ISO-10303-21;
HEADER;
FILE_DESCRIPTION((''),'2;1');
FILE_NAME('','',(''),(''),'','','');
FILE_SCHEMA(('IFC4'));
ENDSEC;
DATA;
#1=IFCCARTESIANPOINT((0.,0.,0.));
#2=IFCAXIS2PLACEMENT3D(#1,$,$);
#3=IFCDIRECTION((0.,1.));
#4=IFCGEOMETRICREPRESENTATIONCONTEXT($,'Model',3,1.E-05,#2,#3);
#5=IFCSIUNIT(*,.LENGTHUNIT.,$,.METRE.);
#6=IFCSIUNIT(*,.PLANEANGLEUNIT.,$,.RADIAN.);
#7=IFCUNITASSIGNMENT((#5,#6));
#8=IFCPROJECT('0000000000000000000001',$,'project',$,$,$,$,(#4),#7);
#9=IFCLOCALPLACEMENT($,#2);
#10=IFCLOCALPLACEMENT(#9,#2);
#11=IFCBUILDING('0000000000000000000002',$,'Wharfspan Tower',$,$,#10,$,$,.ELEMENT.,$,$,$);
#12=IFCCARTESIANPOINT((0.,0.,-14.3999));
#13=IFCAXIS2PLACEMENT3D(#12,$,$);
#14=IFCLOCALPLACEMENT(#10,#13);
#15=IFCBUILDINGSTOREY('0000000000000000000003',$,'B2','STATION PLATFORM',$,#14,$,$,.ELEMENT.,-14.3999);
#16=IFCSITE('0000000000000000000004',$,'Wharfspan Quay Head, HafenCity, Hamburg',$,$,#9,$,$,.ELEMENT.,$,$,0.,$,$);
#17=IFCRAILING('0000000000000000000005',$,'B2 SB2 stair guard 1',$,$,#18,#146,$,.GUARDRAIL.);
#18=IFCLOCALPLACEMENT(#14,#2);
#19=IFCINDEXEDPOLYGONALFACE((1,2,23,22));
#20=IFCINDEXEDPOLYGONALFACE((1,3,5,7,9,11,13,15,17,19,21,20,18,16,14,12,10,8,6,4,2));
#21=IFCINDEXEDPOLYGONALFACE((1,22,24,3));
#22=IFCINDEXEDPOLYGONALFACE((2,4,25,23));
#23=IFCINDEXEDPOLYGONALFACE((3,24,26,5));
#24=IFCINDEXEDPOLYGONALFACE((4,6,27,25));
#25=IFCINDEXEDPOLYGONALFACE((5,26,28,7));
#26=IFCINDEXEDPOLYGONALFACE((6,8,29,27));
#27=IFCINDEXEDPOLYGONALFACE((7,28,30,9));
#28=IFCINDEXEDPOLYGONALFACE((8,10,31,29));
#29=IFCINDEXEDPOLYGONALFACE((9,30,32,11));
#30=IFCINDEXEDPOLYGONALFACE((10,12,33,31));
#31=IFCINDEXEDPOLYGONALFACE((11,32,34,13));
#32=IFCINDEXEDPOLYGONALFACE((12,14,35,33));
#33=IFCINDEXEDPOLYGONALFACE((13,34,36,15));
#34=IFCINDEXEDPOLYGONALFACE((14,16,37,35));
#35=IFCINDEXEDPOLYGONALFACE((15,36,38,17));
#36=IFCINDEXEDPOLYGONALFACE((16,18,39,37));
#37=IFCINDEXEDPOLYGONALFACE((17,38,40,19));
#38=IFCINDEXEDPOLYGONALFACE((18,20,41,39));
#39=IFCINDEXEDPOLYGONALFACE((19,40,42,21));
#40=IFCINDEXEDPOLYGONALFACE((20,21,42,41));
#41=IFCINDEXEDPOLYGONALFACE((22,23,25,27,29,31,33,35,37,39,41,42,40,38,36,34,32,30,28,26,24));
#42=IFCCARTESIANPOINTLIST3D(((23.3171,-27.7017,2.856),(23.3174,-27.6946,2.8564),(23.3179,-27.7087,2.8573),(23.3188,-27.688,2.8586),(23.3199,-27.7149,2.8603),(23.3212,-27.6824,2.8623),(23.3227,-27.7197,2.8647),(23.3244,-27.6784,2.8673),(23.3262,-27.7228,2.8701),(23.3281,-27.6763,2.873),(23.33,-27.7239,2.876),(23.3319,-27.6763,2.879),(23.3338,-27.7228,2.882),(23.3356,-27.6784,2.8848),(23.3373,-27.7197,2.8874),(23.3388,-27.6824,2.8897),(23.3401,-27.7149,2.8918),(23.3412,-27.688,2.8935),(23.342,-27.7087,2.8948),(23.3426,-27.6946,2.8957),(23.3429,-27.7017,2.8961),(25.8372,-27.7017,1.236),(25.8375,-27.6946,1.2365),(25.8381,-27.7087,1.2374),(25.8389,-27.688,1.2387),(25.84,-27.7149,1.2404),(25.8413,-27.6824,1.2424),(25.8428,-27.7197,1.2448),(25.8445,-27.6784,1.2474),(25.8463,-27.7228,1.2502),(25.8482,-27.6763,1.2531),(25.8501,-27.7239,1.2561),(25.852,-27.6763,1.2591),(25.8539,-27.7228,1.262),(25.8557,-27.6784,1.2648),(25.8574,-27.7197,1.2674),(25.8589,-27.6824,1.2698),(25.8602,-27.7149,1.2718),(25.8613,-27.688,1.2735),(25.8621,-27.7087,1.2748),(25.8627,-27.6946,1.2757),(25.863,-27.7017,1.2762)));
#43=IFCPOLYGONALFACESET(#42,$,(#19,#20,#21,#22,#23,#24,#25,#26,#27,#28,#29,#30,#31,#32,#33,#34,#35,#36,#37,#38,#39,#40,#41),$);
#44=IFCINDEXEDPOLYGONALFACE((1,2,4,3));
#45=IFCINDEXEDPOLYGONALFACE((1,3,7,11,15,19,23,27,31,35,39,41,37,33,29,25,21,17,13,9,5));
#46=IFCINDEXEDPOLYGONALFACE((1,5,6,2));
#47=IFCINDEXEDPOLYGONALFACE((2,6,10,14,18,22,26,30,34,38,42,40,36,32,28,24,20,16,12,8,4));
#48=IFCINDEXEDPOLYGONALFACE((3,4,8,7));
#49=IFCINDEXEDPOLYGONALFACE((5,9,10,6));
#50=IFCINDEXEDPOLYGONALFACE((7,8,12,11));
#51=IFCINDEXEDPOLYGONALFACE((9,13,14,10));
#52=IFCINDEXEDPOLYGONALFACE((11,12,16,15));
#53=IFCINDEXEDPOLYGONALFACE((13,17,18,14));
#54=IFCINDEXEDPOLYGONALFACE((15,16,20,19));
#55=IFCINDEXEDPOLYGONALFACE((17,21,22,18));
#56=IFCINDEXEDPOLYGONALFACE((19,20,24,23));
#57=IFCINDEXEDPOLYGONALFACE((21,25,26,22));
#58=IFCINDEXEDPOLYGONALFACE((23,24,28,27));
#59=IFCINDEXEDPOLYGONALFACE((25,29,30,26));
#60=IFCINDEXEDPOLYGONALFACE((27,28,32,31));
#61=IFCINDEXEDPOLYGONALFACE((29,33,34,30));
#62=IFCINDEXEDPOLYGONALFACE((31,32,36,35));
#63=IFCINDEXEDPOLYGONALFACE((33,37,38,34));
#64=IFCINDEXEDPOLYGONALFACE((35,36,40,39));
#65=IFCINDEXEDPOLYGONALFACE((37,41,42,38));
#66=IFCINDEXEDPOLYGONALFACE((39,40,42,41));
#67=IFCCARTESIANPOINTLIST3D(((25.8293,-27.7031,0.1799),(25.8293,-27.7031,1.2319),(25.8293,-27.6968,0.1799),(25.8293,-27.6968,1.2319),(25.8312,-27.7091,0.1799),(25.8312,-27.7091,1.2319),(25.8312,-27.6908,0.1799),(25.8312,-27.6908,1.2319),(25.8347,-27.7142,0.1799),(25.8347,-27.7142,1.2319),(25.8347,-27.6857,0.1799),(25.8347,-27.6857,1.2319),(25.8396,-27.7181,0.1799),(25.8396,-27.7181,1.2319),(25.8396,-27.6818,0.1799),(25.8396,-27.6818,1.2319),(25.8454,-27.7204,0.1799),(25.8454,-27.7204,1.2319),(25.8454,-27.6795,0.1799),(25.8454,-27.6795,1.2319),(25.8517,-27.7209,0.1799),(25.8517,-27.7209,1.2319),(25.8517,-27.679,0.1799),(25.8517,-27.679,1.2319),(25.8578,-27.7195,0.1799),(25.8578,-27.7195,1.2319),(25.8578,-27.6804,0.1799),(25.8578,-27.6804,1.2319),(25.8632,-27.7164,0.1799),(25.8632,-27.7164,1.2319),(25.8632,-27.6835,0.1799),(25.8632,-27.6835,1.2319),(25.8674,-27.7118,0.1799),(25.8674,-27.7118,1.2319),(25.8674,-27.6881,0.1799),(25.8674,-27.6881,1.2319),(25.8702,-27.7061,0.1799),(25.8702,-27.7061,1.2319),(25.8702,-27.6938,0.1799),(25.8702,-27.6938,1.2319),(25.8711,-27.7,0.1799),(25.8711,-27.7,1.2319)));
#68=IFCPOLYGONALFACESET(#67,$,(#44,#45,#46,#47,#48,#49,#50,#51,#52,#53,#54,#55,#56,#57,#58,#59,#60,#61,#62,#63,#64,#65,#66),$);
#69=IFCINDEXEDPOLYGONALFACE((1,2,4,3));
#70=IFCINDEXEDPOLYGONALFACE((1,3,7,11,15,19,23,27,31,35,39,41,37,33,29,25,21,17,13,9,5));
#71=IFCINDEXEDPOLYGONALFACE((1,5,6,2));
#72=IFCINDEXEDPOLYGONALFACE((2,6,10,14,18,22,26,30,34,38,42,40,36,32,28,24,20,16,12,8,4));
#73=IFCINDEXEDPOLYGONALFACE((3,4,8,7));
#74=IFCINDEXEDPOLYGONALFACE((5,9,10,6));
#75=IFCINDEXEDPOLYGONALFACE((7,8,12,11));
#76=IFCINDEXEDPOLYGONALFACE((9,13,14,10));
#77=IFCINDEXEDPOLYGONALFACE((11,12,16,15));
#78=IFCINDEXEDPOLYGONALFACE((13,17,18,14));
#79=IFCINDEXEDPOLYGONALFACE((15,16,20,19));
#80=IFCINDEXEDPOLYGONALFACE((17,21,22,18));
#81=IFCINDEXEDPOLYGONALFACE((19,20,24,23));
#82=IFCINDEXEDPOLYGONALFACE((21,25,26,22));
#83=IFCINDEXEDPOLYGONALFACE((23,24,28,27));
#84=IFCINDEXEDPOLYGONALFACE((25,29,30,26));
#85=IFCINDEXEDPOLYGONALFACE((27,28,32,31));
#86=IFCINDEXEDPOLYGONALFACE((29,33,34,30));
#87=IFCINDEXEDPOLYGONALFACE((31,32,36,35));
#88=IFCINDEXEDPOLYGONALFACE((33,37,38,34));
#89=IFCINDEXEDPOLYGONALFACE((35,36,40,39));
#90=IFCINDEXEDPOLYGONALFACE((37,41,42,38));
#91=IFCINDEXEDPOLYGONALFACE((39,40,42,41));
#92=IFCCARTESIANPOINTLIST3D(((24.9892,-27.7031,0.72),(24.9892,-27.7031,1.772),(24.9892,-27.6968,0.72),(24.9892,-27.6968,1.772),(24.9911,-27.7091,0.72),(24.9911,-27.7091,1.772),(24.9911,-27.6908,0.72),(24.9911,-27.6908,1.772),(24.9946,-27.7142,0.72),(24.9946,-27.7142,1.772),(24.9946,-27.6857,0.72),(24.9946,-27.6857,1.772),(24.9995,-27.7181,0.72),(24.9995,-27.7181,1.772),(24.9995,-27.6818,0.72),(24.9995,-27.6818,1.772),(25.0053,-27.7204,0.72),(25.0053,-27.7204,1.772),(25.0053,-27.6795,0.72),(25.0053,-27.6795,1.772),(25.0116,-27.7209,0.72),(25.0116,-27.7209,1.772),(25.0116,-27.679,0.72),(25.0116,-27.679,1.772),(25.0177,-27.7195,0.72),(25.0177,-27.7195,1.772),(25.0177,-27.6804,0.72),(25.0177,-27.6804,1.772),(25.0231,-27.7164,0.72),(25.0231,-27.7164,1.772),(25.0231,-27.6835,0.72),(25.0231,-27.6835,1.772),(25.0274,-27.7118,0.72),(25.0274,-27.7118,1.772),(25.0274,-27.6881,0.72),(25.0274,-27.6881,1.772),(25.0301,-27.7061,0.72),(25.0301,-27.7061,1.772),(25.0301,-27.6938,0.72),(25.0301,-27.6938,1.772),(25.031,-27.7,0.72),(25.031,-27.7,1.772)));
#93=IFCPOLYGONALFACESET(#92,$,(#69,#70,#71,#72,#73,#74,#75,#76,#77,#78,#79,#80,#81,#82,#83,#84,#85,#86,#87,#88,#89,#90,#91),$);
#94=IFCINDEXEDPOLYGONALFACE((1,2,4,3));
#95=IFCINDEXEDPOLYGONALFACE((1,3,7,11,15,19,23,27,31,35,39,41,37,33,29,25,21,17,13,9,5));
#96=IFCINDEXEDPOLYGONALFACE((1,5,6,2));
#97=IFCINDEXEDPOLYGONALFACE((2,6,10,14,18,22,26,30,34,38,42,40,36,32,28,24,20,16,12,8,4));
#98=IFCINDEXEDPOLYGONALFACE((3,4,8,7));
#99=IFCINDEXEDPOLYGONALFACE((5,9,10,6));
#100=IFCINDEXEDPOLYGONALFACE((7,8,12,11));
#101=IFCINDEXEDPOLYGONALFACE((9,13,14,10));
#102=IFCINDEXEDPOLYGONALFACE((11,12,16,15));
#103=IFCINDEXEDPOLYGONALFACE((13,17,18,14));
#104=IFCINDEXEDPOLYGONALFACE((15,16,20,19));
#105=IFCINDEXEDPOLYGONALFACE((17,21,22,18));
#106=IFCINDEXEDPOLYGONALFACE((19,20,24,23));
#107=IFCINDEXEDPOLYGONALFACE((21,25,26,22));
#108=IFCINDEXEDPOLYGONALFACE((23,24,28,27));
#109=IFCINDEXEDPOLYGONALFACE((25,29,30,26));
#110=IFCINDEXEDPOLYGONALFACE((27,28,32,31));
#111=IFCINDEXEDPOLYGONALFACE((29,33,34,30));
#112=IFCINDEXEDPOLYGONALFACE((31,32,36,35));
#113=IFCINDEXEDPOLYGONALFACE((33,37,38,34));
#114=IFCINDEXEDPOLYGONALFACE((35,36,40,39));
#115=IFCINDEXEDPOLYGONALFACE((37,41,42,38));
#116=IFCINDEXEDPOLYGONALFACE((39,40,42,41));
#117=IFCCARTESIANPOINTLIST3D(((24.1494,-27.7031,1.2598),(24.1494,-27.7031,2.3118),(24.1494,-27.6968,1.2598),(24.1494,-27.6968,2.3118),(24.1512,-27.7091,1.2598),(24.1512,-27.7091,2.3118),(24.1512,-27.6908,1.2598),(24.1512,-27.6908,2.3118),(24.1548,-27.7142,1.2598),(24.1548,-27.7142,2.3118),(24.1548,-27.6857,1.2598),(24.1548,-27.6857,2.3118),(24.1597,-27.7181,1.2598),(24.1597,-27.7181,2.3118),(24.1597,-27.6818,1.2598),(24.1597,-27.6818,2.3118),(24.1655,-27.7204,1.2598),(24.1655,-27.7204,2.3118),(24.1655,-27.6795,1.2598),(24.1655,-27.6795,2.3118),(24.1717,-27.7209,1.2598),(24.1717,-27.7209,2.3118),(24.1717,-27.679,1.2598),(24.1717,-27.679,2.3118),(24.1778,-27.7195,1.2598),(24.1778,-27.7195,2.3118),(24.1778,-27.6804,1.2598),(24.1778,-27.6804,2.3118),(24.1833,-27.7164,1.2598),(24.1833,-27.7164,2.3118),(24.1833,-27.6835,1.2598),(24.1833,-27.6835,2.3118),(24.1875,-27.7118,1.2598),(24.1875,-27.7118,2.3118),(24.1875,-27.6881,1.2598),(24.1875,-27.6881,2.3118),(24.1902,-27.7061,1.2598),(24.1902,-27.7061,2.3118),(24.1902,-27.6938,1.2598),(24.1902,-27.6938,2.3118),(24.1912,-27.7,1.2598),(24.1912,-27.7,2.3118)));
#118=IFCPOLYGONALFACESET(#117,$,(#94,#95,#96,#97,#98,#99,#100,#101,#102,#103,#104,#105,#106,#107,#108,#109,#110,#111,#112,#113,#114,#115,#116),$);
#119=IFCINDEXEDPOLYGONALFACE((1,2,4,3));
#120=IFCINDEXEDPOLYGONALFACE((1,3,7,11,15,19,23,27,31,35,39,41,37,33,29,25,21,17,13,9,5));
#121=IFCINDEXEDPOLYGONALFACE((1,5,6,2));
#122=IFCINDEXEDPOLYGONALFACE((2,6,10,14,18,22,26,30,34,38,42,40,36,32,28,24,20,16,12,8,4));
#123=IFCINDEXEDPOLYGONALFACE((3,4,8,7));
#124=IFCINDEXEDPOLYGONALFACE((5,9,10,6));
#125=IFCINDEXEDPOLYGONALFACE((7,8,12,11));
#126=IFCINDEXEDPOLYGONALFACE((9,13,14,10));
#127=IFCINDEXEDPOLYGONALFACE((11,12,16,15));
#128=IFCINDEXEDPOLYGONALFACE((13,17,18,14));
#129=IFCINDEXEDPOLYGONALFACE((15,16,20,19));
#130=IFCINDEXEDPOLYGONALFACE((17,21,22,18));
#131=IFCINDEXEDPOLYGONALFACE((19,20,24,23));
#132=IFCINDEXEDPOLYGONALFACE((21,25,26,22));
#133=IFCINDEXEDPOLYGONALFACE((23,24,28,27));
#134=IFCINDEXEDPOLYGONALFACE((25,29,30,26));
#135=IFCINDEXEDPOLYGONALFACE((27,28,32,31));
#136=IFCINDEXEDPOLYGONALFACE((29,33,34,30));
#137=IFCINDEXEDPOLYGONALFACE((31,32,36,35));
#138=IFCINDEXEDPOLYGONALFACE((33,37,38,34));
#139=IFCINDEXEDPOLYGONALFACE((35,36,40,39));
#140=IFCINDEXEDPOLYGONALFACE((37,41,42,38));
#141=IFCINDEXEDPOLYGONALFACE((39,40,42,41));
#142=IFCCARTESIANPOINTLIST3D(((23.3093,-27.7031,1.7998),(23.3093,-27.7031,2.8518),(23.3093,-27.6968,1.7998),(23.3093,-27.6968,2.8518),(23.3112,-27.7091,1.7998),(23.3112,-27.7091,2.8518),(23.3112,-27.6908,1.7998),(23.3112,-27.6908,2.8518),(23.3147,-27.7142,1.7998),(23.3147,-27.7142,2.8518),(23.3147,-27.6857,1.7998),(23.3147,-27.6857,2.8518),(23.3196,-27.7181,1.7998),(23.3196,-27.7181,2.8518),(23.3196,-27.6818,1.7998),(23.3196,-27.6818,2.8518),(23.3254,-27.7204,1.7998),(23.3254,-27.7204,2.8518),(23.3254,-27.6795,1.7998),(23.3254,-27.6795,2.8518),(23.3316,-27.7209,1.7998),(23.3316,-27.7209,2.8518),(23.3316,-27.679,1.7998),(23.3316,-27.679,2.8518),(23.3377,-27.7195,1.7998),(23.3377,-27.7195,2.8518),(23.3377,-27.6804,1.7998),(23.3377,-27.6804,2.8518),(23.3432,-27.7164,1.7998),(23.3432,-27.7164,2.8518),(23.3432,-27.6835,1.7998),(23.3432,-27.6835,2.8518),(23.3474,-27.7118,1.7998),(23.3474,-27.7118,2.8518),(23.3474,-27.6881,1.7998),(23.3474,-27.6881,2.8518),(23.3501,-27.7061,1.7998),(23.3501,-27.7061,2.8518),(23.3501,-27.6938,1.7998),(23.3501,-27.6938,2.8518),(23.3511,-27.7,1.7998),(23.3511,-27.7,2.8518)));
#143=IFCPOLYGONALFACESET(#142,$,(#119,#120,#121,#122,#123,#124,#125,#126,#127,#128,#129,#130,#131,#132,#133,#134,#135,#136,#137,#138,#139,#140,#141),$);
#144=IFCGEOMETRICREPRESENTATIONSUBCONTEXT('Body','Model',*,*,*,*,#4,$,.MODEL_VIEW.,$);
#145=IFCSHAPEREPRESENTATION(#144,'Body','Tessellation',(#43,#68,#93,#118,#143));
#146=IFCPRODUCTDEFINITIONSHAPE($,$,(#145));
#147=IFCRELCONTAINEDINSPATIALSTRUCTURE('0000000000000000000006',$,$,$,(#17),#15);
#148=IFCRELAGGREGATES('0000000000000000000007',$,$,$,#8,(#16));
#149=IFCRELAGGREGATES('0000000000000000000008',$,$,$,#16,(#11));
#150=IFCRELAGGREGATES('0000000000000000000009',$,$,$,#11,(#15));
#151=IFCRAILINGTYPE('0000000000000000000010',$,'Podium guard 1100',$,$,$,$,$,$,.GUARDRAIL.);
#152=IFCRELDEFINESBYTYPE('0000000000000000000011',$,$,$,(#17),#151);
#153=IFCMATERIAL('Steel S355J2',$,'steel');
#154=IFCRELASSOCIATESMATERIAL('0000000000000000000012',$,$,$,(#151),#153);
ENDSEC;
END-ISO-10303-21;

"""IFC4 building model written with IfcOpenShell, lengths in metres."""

from ifc_helpers import new_model, si_unit, direction, frame, origin, origin_2d, place, context, subcontext, project, spatial, circle, extrude, material, type_object, element, save


model = new_model("IFC4")

# Units and contexts
model_context = context("Model", 3, precision=1e-05, world=origin(), true_north=direction((0.0, 1.0)))
body_context = subcontext(model_context, "Body", "Model", "MODEL_VIEW")
ifc_project = project(units=[si_unit("LENGTHUNIT", "METRE"), si_unit("PLANEANGLEUNIT", "RADIAN")], contexts=[model_context])

# Site, building, storey
site_placement = place(None, origin())
site = spatial("IfcSite", under=ifc_project, at=site_placement, Name="Wharfspan Quay Head, HafenCity, Hamburg", CompositionType="ELEMENT", RefElevation=0.0)
building_placement = place(site_placement, origin())
building = spatial("IfcBuilding", under=site, at=building_placement, Name="Wharfspan Tower", CompositionType="ELEMENT")
storey_placement = place(building_placement, frame((0.0, 0.0, -14.3999)))
storey = spatial("IfcBuildingStorey", under=building, at=storey_placement, Name="B2", Description="STATION PLATFORM", CompositionType="ELEMENT", Elevation=-14.3999)

# Railing
ifc_material_1 = material(Name="Steel S355J2", Category="steel")
railing_type_1 = type_object("IfcRailingType", Name="Podium guard 1100", PredefinedType="GUARDRAIL", material=ifc_material_1)
railing_1_placement = place(storey_placement, frame((25.8501, -27.7, 0.1799)))
element("IfcRailing", 1, at=railing_1_placement, inside=storey, type_object=railing_type_1, Name="B2 SB2 stair guard 1", PredefinedType="GUARDRAIL", context=body_context, shape_type="SweptSolid", body=[
    extrude(circle(Radius=0.0239, at=origin_2d()), frame((0.0, 0.0, 1.0762), z_axis=(-0.8412, 0.0, 0.540725), x_axis=(0.0, -1.0, 0.0)), (0.0, 0.0, 1.0), 2.9958),
    extrude(circle(Radius=0.021, at=origin_2d()), origin(), (0.0, 0.0, 1.0), 1.052),
    extrude(circle(Radius=0.021, at=origin_2d()), frame((-0.8401, 0.0, 0.54)), (0.0, 0.0, 1.0), 1.052),
    extrude(circle(Radius=0.021, at=origin_2d()), frame((-1.6799, 0.0, 1.0798)), (0.0, 0.0, 1.0), 1.052),
    extrude(circle(Radius=0.021, at=origin_2d()), frame((-2.52, 0.0, 1.6199)), (0.0, 0.0, 1.0), 1.052),
])

save(model, "model.ifc")
